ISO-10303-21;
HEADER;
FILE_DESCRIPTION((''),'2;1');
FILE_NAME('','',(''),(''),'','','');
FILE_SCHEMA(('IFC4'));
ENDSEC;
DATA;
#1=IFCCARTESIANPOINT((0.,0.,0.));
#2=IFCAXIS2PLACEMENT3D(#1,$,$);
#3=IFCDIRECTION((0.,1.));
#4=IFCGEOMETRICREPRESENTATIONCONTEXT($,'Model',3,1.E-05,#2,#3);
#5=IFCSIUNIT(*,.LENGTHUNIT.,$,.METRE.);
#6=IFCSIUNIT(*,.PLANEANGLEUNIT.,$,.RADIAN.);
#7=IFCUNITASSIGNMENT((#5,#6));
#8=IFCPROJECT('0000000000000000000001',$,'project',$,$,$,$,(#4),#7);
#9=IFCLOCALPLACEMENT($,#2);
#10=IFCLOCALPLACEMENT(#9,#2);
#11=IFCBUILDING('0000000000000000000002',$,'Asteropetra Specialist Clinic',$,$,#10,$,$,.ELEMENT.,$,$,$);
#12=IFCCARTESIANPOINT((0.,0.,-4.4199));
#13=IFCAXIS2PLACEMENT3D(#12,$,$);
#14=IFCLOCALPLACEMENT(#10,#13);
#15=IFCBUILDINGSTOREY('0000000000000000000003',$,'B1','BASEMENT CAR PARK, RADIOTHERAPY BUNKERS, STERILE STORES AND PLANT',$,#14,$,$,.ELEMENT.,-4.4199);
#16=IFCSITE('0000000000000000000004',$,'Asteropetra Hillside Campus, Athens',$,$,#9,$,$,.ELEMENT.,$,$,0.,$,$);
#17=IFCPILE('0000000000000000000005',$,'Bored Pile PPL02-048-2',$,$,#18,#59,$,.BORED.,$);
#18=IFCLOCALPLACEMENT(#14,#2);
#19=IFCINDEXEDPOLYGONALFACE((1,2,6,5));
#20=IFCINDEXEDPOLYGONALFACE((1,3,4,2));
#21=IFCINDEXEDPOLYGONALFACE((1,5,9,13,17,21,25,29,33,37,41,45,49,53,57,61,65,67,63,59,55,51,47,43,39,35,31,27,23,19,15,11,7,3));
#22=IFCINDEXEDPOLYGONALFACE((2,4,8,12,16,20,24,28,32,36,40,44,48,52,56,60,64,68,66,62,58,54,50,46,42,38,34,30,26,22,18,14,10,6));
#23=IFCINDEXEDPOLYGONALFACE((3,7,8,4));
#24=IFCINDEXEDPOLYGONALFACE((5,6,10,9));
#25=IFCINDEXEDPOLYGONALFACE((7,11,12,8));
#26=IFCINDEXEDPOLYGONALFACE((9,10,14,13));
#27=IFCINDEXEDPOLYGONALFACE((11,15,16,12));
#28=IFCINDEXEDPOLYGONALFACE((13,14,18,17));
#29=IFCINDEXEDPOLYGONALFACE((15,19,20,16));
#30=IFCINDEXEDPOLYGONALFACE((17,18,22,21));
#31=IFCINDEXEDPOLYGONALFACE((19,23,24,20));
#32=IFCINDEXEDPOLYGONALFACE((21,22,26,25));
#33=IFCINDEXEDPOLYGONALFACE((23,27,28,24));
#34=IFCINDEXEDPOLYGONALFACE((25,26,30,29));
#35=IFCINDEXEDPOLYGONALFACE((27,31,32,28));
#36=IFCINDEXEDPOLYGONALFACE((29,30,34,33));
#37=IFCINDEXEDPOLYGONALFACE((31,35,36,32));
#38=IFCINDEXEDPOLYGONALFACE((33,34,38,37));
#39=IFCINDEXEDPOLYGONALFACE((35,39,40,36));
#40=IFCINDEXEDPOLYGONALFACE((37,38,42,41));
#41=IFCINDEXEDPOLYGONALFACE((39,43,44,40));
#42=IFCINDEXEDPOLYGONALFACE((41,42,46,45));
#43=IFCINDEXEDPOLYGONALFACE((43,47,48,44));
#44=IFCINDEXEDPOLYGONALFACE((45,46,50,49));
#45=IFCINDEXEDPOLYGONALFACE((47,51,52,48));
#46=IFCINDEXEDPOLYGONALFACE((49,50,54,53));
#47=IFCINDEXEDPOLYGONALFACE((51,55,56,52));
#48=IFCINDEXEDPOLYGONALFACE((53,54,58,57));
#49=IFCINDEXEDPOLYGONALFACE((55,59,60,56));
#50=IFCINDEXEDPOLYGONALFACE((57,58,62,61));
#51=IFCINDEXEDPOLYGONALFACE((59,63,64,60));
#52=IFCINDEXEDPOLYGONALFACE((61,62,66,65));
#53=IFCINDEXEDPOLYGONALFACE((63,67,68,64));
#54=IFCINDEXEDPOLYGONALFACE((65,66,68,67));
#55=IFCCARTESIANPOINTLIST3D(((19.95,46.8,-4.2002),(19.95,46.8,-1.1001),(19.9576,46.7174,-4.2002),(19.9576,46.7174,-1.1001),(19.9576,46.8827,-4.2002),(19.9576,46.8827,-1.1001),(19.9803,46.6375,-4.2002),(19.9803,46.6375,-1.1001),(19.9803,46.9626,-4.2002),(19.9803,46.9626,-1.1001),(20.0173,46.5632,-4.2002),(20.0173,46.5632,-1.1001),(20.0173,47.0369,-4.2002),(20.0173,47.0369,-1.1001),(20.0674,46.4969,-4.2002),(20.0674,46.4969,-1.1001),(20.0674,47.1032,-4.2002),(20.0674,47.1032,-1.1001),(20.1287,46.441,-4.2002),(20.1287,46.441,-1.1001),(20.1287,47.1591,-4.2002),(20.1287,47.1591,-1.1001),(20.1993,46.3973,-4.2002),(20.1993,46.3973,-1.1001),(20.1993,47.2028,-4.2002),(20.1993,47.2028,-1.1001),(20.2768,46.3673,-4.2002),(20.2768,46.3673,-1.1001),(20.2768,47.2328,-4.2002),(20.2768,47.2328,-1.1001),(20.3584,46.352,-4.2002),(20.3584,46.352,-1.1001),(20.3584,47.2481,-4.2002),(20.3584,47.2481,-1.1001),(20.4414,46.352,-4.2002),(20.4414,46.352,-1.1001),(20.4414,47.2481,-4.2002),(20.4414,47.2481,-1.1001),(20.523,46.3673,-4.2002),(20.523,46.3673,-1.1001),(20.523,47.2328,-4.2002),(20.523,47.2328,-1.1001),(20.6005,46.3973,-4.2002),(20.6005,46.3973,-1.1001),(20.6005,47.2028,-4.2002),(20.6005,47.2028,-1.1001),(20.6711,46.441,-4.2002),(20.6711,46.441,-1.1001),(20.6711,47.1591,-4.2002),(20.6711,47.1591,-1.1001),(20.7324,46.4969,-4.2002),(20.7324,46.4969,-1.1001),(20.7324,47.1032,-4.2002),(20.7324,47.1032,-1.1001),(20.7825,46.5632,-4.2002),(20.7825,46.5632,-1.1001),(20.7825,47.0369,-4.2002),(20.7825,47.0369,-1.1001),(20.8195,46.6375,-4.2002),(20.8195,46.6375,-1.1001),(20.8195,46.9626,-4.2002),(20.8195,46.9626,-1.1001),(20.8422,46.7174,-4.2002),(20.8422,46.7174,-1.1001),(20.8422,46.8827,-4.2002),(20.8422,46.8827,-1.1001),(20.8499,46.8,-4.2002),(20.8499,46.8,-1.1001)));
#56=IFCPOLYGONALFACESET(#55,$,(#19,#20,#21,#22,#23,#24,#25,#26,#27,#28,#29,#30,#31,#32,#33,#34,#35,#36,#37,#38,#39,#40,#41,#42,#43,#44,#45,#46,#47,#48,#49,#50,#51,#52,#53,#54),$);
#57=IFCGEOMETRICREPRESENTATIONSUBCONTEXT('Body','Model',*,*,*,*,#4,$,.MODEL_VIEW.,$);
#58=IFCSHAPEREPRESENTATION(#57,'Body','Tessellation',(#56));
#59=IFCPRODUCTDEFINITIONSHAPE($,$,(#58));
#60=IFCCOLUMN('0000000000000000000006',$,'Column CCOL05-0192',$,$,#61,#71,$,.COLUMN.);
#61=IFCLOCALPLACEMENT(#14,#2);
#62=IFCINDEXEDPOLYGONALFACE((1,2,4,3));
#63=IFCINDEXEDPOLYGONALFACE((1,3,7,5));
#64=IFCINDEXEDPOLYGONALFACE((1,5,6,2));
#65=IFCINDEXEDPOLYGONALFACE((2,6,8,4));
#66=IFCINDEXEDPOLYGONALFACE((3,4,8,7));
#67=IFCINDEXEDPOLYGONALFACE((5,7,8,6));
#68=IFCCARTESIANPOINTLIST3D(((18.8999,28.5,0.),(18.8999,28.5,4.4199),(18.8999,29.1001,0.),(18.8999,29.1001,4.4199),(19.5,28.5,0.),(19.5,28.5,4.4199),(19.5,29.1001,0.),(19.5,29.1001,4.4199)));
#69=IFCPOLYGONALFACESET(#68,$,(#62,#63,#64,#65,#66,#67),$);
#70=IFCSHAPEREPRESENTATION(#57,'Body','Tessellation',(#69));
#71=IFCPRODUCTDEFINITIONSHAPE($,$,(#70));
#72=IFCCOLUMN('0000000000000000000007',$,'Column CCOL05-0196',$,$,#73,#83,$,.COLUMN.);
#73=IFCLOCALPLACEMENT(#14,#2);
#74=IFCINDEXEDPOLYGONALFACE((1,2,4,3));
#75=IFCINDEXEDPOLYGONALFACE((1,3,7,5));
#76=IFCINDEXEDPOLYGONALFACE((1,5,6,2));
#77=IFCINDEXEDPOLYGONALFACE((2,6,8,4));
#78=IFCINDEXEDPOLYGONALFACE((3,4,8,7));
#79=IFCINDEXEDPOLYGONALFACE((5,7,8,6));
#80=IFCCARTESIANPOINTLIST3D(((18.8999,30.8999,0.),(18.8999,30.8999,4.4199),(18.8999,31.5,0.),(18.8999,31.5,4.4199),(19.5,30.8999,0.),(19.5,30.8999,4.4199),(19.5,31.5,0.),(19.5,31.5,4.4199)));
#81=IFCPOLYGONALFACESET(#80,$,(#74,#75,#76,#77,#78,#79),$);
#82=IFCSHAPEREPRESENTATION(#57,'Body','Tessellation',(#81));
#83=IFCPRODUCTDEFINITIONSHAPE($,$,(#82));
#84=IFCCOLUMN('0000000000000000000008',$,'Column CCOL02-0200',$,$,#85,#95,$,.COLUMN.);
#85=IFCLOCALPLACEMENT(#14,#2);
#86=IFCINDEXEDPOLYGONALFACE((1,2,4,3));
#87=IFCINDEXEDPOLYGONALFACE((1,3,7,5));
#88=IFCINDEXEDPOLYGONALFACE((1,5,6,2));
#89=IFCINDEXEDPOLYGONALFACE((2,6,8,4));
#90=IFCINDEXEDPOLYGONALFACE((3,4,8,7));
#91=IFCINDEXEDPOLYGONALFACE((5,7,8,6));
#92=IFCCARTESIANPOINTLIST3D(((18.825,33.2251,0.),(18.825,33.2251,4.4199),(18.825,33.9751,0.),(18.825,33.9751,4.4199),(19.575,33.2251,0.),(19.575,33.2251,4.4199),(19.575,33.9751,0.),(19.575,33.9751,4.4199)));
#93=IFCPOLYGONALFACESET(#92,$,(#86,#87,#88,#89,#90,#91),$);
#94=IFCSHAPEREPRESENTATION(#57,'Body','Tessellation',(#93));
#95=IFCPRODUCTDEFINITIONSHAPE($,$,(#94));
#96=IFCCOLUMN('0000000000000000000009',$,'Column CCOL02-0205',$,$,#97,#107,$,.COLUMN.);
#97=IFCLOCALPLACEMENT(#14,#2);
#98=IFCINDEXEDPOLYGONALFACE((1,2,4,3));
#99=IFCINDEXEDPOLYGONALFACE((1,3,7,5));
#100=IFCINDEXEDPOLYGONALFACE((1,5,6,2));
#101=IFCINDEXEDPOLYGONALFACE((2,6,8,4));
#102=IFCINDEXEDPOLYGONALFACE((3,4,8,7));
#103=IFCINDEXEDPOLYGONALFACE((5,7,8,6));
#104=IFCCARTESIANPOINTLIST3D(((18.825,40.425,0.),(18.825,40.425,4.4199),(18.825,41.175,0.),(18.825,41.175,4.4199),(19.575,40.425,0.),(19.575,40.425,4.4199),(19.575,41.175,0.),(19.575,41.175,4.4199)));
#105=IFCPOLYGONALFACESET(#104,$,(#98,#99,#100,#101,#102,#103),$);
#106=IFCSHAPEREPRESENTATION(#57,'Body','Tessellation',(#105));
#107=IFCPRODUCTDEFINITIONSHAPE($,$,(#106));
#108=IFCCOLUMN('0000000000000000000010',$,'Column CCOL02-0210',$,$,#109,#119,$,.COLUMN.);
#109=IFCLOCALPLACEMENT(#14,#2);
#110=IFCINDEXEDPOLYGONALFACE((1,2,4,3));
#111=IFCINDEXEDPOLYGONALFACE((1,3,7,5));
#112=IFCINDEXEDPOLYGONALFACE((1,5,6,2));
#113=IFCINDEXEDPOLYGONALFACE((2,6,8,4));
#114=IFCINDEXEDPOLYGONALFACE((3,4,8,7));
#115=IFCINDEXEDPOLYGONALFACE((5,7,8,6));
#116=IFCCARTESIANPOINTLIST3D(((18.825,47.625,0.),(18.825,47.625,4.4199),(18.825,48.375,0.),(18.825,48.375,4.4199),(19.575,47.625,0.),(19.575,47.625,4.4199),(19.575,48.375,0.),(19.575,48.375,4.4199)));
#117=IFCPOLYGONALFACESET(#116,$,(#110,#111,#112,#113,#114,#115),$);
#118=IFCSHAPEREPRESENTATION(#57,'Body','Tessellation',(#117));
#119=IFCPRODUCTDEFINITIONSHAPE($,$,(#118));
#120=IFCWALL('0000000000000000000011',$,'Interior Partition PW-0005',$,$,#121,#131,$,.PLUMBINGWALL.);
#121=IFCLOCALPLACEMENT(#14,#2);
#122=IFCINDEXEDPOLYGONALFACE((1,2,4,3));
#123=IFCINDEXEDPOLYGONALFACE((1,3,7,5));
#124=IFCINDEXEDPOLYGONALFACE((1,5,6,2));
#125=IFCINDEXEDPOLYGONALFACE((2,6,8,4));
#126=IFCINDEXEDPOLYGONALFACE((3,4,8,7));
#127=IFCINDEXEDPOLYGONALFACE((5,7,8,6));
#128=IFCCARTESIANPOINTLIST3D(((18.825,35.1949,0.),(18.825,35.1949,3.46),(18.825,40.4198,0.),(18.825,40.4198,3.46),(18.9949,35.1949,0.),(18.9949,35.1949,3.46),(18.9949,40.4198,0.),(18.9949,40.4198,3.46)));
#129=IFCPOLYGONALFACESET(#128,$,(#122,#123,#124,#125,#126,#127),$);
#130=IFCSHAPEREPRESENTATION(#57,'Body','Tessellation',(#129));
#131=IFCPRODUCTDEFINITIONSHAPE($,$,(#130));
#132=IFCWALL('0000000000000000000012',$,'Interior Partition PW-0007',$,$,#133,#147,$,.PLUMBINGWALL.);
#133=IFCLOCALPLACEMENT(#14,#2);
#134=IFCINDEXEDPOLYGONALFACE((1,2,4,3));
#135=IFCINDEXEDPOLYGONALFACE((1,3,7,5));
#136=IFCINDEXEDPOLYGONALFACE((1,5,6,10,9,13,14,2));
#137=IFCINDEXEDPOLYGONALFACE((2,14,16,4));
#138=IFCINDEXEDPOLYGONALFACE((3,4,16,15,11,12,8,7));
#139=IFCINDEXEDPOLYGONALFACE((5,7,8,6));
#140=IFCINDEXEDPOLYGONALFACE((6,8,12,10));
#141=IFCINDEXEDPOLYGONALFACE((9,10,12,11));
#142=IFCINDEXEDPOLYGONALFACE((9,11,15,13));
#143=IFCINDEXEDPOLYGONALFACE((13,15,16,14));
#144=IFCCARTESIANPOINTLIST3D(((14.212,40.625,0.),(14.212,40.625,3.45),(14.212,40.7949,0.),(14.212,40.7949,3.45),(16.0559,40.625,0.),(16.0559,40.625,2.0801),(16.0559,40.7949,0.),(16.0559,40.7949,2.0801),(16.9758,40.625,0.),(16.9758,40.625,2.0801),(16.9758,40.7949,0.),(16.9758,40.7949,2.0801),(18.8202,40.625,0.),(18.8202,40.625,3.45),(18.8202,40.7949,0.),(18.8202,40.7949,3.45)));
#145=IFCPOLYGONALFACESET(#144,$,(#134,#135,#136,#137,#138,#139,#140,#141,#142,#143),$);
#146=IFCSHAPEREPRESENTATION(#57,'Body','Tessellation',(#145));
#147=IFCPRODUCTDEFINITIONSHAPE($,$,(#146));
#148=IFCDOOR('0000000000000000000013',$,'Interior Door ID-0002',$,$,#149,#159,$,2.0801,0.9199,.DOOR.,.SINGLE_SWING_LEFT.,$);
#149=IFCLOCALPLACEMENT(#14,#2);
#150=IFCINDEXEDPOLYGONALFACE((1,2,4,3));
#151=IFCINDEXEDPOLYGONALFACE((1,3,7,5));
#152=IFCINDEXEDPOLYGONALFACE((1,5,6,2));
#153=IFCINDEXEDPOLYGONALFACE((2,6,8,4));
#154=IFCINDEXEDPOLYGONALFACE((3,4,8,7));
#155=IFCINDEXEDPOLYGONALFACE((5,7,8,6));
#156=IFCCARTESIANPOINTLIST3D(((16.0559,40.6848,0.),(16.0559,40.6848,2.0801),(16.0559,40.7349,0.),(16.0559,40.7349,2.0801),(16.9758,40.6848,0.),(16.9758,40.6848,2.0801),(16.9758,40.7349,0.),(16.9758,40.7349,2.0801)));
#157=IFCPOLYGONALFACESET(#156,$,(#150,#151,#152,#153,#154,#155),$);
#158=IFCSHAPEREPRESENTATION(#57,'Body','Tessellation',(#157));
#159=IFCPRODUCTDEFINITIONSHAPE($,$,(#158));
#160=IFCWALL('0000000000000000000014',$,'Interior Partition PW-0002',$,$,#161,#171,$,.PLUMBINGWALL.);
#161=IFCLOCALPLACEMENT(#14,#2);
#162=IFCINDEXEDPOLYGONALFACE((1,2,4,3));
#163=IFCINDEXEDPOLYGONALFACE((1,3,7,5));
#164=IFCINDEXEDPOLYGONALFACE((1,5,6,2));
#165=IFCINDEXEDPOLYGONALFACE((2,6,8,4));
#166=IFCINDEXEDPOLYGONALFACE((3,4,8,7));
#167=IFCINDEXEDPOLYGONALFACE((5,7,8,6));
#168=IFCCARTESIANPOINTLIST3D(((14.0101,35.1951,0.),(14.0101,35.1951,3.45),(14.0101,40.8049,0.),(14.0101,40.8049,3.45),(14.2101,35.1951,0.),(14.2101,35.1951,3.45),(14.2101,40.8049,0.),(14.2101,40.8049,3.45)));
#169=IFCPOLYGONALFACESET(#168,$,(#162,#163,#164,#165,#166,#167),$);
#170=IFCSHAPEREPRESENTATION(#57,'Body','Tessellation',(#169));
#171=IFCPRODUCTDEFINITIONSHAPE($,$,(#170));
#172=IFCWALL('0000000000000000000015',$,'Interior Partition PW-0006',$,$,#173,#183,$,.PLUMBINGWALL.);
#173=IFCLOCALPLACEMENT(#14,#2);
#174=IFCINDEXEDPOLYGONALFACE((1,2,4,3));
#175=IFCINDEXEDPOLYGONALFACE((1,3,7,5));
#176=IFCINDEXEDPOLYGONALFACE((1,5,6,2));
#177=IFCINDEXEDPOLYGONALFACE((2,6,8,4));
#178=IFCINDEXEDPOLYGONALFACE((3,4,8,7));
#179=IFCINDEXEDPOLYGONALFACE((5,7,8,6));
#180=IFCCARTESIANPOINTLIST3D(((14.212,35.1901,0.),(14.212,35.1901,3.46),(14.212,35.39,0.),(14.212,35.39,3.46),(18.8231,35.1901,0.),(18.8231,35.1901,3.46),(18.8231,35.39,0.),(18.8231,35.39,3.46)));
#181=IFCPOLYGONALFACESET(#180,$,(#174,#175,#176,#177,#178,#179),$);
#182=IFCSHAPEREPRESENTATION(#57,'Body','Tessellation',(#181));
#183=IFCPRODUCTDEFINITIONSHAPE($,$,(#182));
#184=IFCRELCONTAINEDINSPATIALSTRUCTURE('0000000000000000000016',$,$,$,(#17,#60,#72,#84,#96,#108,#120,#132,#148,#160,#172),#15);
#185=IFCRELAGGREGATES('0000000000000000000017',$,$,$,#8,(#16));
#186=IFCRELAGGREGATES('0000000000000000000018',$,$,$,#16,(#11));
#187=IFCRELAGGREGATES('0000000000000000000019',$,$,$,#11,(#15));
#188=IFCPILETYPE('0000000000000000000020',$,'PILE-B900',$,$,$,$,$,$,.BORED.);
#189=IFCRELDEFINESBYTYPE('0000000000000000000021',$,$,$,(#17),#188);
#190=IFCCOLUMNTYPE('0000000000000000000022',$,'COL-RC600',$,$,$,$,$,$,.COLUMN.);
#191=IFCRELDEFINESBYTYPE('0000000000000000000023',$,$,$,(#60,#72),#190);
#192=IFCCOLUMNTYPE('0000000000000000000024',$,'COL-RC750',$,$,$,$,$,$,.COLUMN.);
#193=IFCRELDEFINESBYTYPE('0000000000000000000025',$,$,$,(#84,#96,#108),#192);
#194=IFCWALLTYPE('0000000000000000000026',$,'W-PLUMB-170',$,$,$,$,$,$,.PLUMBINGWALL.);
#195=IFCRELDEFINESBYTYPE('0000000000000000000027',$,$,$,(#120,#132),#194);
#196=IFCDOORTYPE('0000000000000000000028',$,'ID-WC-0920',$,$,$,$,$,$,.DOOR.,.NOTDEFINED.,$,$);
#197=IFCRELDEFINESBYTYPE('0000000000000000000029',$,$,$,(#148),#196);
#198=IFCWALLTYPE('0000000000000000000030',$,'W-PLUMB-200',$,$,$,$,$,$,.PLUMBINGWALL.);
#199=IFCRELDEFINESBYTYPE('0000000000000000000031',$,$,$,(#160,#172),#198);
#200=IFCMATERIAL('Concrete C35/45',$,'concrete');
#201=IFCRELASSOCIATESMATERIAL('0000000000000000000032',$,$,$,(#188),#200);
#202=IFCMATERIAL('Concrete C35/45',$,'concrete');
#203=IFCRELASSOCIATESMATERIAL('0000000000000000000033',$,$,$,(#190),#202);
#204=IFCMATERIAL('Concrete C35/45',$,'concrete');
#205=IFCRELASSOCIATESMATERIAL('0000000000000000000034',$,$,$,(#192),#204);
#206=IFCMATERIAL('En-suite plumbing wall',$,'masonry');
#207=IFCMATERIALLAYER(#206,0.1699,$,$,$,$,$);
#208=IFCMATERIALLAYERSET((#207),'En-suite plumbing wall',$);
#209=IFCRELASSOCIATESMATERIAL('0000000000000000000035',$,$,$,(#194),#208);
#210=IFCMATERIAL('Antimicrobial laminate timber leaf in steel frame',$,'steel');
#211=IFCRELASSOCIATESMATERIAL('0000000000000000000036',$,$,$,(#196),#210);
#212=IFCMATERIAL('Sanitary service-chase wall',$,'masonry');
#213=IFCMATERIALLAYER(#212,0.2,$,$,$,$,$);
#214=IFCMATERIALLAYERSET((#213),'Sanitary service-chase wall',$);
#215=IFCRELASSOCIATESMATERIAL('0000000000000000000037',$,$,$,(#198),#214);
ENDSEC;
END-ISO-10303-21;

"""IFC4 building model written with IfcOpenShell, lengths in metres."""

from ifc_helpers import new_model, si_unit, direction, frame, frame_2d, origin, origin_2d, place, context, subcontext, project, spatial, rectangle, circle, extrude, material, layer, layer_set, material_profile, profile_set, type_object, element, fill, save


model = new_model("IFC4")

# Units and contexts
model_context = context("Model", 3, precision=1e-05, world=origin(), true_north=direction((0.0, 1.0)))
body_context = subcontext(model_context, "Body", "Model", "MODEL_VIEW")
ifc_project = project(units=[si_unit("LENGTHUNIT", "METRE"), si_unit("PLANEANGLEUNIT", "RADIAN")], contexts=[model_context])

# Site, building, storey
site_placement = place(None, origin())
site = spatial("IfcSite", under=ifc_project, at=site_placement, Name="Asteropetra Hillside Campus, Athens", CompositionType="ELEMENT", RefElevation=0.0)
building_placement = place(site_placement, origin())
building = spatial("IfcBuilding", under=site, at=building_placement, Name="Asteropetra Specialist Clinic", CompositionType="ELEMENT")
storey_placement = place(building_placement, frame((0.0, 0.0, -4.4199)))
storey = spatial("IfcBuildingStorey", under=building, at=storey_placement, Name="B1", Description="BASEMENT CAR PARK, RADIOTHERAPY BUNKERS, STERILE STORES AND PLANT", CompositionType="ELEMENT", Elevation=-4.4199)

# Pile
ifc_material_1 = material(Name="Concrete C35/45", Category="concrete")
ifc_material_profile_1 = material_profile(ifc_material_1, circle(Radius=0.45, at=origin_2d()), Name="PILE D900")
ifc_profile_set_1 = profile_set([ifc_material_profile_1], Name="Concrete C35/45")
pile_type_1 = type_object("IfcPileType", Name="PILE-B900", PredefinedType="BORED", material=ifc_profile_set_1)
for number, where, z_axis, x_axis, name in (
    (1, (20.3999, 46.8, -1.1001), (0.0, 0.0, -1.0), (1.0, 0.0, 0.0), "Bored Pile PPL02-048-2"),
):
    element("IfcPile", number, at=place(storey_placement, frame(where, z_axis=z_axis, x_axis=x_axis)), inside=storey, type_object=pile_type_1, Name=name, PredefinedType="BORED", context=body_context, shape_type="SweptSolid", body=[
        extrude(circle(Radius=0.45, at=origin_2d()), origin(), (0.0, 0.0, 1.0), 3.1001),
    ])

# Columns
ifc_material_2 = material(Name="Concrete C35/45", Category="concrete")
ifc_material_profile_2 = material_profile(ifc_material_2, rectangle(XDim=0.6001, YDim=0.6001, at=origin_2d()), Name="RC 600x600")
ifc_profile_set_2 = profile_set([ifc_material_profile_2], Name="Concrete C35/45")
column_type_1 = type_object("IfcColumnType", Name="COL-RC600", PredefinedType="COLUMN", material=ifc_profile_set_2)
for number, where, z_axis, x_axis, name in (
    (2, (19.2, 28.8, 0.0), (0.0, 0.0, 1.0), (1.0, 0.0, 0.0), "Column CCOL05-0192"),
    (3, (19.2, 31.2, 0.0), (0.0, 0.0, 1.0), (1.0, 0.0, 0.0), "Column CCOL05-0196"),
):
    element("IfcColumn", number, at=place(storey_placement, frame(where, z_axis=z_axis, x_axis=x_axis)), inside=storey, type_object=column_type_1, Name=name, PredefinedType="COLUMN", context=body_context, shape_type="SweptSolid", body=[
        extrude(rectangle(XDim=0.6001, YDim=0.6001, at=origin_2d()), origin(), (0.0, 0.0, 1.0), 4.4199),
    ])
ifc_material_3 = material(Name="Concrete C35/45", Category="concrete")
ifc_material_profile_3 = material_profile(ifc_material_3, rectangle(XDim=0.75, YDim=0.75, at=origin_2d()), Name="RC 750x750")
ifc_profile_set_3 = profile_set([ifc_material_profile_3], Name="Concrete C35/45")
column_type_2 = type_object("IfcColumnType", Name="COL-RC750", PredefinedType="COLUMN", material=ifc_profile_set_3)
for number, where, z_axis, x_axis, name in (
    (4, (19.2, 33.6001, 0.0), (0.0, 0.0, 1.0), (1.0, 0.0, 0.0), "Column CCOL02-0200"),
    (5, (19.2, 40.8, 0.0), (0.0, 0.0, 1.0), (1.0, 0.0, 0.0), "Column CCOL02-0205"),
    (6, (19.2, 48.0, 0.0), (0.0, 0.0, 1.0), (1.0, 0.0, 0.0), "Column CCOL02-0210"),
):
    element("IfcColumn", number, at=place(storey_placement, frame(where, z_axis=z_axis, x_axis=x_axis)), inside=storey, type_object=column_type_2, Name=name, PredefinedType="COLUMN", context=body_context, shape_type="SweptSolid", body=[
        extrude(rectangle(XDim=0.75, YDim=0.75, at=origin_2d()), origin(), (0.0, 0.0, 1.0), 4.4199),
    ])

# Wall
ifc_material_4 = material(Name="En-suite plumbing wall", Category="masonry")
ifc_layer_1 = layer(ifc_material_4, 0.1699)
ifc_layer_set_1 = layer_set([ifc_layer_1], Name="En-suite plumbing wall")
wall_type_1 = type_object("IfcWallType", Name="W-PLUMB-170", PredefinedType="PLUMBINGWALL", material=ifc_layer_set_1)
wall_1_placement = place(storey_placement, frame((18.9099, 35.1951, 0.0), z_axis=(0.0, 0.0, 1.0), x_axis=(0.0, 1.0, 0.0)))
element("IfcWall", 7, at=wall_1_placement, inside=storey, type_object=wall_type_1, Name="Interior Partition PW-0005", PredefinedType="PLUMBINGWALL", context=body_context, shape_type="SweptSolid", body=[
    extrude(rectangle(XDim=5.2249, YDim=0.1699, at=frame_2d((2.6123, 0.0))), origin(), (0.0, 0.0, 1.0), 3.46),
])

# Wall, opening, door
wall_2_placement = place(storey_placement, frame((14.2119, 40.71, 0.0), z_axis=(0.0, 0.0, 1.0), x_axis=(1.0, 0.0, 0.0)))
wall_2 = element("IfcWall", 8, at=wall_2_placement, inside=storey, type_object=wall_type_1, Name="Interior Partition PW-0007", PredefinedType="PLUMBINGWALL", context=body_context, shape_type="SweptSolid", body=[
    extrude(rectangle(XDim=4.6082, YDim=0.1699, at=frame_2d((2.3042, 0.0))), origin(), (0.0, 0.0, 1.0), 3.45),
])
opening_placement = place(wall_2_placement, frame((1.844, 0.0, 0.0)))
opening = element("IfcOpeningElement", 9, at=opening_placement, cuts=wall_2, PredefinedType="OPENING", context=body_context, shape_type="SweptSolid", body=[
    extrude(rectangle(XDim=0.9199, YDim=2.0801, at=frame_2d((0.46, 1.04))), frame((0.0, 0.095, 0.0), z_axis=(0.0, -1.0, 0.0), x_axis=(1.0, 0.0, 0.0)), (0.0, 0.0, 1.0), 0.1899),
])
ifc_material_5 = material(Name="Antimicrobial laminate timber leaf in steel frame", Category="steel")
door_type = type_object("IfcDoorType", Name="ID-WC-0920", OperationType="NOTDEFINED", PredefinedType="DOOR", material=ifc_material_5)
door_placement = place(opening_placement, origin())
door = element("IfcDoor", 10, at=door_placement, inside=storey, type_object=door_type, Name="Interior Door ID-0002", OperationType="SINGLE_SWING_LEFT", OverallHeight=2.0801, OverallWidth=0.9199, PredefinedType="DOOR", context=body_context, shape_type="SweptSolid", body=[
    extrude(rectangle(XDim=0.9199, YDim=2.0801, at=frame_2d((0.46, 1.04))), frame((0.0, 0.0249, 0.0), z_axis=(0.0, -1.0, 0.0), x_axis=(1.0, 0.0, 0.0)), (0.0, 0.0, 1.0), 0.05),
])
fill(opening, door)

# Walls
ifc_material_6 = material(Name="Sanitary service-chase wall", Category="masonry")
ifc_layer_2 = layer(ifc_material_6, 0.2)
ifc_layer_set_2 = layer_set([ifc_layer_2], Name="Sanitary service-chase wall")
wall_type_2 = type_object("IfcWallType", Name="W-PLUMB-200", PredefinedType="PLUMBINGWALL", material=ifc_layer_set_2)
wall_3_placement = place(storey_placement, frame((14.1101, 35.1951, 0.0), z_axis=(0.0, 0.0, 1.0), x_axis=(0.0, 1.0, 0.0)))
element("IfcWall", 11, at=wall_3_placement, inside=storey, type_object=wall_type_2, Name="Interior Partition PW-0002", PredefinedType="PLUMBINGWALL", context=body_context, shape_type="SweptSolid", body=[
    extrude(rectangle(XDim=5.6099, YDim=0.2, at=frame_2d((2.8049, 0.0))), origin(), (0.0, 0.0, 1.0), 3.45),
])
wall_4_placement = place(storey_placement, frame((14.2119, 35.29, 0.0), z_axis=(0.0, 0.0, 1.0), x_axis=(1.0, 0.0, 0.0)))
element("IfcWall", 12, at=wall_4_placement, inside=storey, type_object=wall_type_2, Name="Interior Partition PW-0006", PredefinedType="PLUMBINGWALL", context=body_context, shape_type="SweptSolid", body=[
    extrude(rectangle(XDim=4.6111, YDim=0.2, at=frame_2d((2.3057, 0.0))), origin(), (0.0, 0.0, 1.0), 3.46),
])

save(model, "model.ifc")
